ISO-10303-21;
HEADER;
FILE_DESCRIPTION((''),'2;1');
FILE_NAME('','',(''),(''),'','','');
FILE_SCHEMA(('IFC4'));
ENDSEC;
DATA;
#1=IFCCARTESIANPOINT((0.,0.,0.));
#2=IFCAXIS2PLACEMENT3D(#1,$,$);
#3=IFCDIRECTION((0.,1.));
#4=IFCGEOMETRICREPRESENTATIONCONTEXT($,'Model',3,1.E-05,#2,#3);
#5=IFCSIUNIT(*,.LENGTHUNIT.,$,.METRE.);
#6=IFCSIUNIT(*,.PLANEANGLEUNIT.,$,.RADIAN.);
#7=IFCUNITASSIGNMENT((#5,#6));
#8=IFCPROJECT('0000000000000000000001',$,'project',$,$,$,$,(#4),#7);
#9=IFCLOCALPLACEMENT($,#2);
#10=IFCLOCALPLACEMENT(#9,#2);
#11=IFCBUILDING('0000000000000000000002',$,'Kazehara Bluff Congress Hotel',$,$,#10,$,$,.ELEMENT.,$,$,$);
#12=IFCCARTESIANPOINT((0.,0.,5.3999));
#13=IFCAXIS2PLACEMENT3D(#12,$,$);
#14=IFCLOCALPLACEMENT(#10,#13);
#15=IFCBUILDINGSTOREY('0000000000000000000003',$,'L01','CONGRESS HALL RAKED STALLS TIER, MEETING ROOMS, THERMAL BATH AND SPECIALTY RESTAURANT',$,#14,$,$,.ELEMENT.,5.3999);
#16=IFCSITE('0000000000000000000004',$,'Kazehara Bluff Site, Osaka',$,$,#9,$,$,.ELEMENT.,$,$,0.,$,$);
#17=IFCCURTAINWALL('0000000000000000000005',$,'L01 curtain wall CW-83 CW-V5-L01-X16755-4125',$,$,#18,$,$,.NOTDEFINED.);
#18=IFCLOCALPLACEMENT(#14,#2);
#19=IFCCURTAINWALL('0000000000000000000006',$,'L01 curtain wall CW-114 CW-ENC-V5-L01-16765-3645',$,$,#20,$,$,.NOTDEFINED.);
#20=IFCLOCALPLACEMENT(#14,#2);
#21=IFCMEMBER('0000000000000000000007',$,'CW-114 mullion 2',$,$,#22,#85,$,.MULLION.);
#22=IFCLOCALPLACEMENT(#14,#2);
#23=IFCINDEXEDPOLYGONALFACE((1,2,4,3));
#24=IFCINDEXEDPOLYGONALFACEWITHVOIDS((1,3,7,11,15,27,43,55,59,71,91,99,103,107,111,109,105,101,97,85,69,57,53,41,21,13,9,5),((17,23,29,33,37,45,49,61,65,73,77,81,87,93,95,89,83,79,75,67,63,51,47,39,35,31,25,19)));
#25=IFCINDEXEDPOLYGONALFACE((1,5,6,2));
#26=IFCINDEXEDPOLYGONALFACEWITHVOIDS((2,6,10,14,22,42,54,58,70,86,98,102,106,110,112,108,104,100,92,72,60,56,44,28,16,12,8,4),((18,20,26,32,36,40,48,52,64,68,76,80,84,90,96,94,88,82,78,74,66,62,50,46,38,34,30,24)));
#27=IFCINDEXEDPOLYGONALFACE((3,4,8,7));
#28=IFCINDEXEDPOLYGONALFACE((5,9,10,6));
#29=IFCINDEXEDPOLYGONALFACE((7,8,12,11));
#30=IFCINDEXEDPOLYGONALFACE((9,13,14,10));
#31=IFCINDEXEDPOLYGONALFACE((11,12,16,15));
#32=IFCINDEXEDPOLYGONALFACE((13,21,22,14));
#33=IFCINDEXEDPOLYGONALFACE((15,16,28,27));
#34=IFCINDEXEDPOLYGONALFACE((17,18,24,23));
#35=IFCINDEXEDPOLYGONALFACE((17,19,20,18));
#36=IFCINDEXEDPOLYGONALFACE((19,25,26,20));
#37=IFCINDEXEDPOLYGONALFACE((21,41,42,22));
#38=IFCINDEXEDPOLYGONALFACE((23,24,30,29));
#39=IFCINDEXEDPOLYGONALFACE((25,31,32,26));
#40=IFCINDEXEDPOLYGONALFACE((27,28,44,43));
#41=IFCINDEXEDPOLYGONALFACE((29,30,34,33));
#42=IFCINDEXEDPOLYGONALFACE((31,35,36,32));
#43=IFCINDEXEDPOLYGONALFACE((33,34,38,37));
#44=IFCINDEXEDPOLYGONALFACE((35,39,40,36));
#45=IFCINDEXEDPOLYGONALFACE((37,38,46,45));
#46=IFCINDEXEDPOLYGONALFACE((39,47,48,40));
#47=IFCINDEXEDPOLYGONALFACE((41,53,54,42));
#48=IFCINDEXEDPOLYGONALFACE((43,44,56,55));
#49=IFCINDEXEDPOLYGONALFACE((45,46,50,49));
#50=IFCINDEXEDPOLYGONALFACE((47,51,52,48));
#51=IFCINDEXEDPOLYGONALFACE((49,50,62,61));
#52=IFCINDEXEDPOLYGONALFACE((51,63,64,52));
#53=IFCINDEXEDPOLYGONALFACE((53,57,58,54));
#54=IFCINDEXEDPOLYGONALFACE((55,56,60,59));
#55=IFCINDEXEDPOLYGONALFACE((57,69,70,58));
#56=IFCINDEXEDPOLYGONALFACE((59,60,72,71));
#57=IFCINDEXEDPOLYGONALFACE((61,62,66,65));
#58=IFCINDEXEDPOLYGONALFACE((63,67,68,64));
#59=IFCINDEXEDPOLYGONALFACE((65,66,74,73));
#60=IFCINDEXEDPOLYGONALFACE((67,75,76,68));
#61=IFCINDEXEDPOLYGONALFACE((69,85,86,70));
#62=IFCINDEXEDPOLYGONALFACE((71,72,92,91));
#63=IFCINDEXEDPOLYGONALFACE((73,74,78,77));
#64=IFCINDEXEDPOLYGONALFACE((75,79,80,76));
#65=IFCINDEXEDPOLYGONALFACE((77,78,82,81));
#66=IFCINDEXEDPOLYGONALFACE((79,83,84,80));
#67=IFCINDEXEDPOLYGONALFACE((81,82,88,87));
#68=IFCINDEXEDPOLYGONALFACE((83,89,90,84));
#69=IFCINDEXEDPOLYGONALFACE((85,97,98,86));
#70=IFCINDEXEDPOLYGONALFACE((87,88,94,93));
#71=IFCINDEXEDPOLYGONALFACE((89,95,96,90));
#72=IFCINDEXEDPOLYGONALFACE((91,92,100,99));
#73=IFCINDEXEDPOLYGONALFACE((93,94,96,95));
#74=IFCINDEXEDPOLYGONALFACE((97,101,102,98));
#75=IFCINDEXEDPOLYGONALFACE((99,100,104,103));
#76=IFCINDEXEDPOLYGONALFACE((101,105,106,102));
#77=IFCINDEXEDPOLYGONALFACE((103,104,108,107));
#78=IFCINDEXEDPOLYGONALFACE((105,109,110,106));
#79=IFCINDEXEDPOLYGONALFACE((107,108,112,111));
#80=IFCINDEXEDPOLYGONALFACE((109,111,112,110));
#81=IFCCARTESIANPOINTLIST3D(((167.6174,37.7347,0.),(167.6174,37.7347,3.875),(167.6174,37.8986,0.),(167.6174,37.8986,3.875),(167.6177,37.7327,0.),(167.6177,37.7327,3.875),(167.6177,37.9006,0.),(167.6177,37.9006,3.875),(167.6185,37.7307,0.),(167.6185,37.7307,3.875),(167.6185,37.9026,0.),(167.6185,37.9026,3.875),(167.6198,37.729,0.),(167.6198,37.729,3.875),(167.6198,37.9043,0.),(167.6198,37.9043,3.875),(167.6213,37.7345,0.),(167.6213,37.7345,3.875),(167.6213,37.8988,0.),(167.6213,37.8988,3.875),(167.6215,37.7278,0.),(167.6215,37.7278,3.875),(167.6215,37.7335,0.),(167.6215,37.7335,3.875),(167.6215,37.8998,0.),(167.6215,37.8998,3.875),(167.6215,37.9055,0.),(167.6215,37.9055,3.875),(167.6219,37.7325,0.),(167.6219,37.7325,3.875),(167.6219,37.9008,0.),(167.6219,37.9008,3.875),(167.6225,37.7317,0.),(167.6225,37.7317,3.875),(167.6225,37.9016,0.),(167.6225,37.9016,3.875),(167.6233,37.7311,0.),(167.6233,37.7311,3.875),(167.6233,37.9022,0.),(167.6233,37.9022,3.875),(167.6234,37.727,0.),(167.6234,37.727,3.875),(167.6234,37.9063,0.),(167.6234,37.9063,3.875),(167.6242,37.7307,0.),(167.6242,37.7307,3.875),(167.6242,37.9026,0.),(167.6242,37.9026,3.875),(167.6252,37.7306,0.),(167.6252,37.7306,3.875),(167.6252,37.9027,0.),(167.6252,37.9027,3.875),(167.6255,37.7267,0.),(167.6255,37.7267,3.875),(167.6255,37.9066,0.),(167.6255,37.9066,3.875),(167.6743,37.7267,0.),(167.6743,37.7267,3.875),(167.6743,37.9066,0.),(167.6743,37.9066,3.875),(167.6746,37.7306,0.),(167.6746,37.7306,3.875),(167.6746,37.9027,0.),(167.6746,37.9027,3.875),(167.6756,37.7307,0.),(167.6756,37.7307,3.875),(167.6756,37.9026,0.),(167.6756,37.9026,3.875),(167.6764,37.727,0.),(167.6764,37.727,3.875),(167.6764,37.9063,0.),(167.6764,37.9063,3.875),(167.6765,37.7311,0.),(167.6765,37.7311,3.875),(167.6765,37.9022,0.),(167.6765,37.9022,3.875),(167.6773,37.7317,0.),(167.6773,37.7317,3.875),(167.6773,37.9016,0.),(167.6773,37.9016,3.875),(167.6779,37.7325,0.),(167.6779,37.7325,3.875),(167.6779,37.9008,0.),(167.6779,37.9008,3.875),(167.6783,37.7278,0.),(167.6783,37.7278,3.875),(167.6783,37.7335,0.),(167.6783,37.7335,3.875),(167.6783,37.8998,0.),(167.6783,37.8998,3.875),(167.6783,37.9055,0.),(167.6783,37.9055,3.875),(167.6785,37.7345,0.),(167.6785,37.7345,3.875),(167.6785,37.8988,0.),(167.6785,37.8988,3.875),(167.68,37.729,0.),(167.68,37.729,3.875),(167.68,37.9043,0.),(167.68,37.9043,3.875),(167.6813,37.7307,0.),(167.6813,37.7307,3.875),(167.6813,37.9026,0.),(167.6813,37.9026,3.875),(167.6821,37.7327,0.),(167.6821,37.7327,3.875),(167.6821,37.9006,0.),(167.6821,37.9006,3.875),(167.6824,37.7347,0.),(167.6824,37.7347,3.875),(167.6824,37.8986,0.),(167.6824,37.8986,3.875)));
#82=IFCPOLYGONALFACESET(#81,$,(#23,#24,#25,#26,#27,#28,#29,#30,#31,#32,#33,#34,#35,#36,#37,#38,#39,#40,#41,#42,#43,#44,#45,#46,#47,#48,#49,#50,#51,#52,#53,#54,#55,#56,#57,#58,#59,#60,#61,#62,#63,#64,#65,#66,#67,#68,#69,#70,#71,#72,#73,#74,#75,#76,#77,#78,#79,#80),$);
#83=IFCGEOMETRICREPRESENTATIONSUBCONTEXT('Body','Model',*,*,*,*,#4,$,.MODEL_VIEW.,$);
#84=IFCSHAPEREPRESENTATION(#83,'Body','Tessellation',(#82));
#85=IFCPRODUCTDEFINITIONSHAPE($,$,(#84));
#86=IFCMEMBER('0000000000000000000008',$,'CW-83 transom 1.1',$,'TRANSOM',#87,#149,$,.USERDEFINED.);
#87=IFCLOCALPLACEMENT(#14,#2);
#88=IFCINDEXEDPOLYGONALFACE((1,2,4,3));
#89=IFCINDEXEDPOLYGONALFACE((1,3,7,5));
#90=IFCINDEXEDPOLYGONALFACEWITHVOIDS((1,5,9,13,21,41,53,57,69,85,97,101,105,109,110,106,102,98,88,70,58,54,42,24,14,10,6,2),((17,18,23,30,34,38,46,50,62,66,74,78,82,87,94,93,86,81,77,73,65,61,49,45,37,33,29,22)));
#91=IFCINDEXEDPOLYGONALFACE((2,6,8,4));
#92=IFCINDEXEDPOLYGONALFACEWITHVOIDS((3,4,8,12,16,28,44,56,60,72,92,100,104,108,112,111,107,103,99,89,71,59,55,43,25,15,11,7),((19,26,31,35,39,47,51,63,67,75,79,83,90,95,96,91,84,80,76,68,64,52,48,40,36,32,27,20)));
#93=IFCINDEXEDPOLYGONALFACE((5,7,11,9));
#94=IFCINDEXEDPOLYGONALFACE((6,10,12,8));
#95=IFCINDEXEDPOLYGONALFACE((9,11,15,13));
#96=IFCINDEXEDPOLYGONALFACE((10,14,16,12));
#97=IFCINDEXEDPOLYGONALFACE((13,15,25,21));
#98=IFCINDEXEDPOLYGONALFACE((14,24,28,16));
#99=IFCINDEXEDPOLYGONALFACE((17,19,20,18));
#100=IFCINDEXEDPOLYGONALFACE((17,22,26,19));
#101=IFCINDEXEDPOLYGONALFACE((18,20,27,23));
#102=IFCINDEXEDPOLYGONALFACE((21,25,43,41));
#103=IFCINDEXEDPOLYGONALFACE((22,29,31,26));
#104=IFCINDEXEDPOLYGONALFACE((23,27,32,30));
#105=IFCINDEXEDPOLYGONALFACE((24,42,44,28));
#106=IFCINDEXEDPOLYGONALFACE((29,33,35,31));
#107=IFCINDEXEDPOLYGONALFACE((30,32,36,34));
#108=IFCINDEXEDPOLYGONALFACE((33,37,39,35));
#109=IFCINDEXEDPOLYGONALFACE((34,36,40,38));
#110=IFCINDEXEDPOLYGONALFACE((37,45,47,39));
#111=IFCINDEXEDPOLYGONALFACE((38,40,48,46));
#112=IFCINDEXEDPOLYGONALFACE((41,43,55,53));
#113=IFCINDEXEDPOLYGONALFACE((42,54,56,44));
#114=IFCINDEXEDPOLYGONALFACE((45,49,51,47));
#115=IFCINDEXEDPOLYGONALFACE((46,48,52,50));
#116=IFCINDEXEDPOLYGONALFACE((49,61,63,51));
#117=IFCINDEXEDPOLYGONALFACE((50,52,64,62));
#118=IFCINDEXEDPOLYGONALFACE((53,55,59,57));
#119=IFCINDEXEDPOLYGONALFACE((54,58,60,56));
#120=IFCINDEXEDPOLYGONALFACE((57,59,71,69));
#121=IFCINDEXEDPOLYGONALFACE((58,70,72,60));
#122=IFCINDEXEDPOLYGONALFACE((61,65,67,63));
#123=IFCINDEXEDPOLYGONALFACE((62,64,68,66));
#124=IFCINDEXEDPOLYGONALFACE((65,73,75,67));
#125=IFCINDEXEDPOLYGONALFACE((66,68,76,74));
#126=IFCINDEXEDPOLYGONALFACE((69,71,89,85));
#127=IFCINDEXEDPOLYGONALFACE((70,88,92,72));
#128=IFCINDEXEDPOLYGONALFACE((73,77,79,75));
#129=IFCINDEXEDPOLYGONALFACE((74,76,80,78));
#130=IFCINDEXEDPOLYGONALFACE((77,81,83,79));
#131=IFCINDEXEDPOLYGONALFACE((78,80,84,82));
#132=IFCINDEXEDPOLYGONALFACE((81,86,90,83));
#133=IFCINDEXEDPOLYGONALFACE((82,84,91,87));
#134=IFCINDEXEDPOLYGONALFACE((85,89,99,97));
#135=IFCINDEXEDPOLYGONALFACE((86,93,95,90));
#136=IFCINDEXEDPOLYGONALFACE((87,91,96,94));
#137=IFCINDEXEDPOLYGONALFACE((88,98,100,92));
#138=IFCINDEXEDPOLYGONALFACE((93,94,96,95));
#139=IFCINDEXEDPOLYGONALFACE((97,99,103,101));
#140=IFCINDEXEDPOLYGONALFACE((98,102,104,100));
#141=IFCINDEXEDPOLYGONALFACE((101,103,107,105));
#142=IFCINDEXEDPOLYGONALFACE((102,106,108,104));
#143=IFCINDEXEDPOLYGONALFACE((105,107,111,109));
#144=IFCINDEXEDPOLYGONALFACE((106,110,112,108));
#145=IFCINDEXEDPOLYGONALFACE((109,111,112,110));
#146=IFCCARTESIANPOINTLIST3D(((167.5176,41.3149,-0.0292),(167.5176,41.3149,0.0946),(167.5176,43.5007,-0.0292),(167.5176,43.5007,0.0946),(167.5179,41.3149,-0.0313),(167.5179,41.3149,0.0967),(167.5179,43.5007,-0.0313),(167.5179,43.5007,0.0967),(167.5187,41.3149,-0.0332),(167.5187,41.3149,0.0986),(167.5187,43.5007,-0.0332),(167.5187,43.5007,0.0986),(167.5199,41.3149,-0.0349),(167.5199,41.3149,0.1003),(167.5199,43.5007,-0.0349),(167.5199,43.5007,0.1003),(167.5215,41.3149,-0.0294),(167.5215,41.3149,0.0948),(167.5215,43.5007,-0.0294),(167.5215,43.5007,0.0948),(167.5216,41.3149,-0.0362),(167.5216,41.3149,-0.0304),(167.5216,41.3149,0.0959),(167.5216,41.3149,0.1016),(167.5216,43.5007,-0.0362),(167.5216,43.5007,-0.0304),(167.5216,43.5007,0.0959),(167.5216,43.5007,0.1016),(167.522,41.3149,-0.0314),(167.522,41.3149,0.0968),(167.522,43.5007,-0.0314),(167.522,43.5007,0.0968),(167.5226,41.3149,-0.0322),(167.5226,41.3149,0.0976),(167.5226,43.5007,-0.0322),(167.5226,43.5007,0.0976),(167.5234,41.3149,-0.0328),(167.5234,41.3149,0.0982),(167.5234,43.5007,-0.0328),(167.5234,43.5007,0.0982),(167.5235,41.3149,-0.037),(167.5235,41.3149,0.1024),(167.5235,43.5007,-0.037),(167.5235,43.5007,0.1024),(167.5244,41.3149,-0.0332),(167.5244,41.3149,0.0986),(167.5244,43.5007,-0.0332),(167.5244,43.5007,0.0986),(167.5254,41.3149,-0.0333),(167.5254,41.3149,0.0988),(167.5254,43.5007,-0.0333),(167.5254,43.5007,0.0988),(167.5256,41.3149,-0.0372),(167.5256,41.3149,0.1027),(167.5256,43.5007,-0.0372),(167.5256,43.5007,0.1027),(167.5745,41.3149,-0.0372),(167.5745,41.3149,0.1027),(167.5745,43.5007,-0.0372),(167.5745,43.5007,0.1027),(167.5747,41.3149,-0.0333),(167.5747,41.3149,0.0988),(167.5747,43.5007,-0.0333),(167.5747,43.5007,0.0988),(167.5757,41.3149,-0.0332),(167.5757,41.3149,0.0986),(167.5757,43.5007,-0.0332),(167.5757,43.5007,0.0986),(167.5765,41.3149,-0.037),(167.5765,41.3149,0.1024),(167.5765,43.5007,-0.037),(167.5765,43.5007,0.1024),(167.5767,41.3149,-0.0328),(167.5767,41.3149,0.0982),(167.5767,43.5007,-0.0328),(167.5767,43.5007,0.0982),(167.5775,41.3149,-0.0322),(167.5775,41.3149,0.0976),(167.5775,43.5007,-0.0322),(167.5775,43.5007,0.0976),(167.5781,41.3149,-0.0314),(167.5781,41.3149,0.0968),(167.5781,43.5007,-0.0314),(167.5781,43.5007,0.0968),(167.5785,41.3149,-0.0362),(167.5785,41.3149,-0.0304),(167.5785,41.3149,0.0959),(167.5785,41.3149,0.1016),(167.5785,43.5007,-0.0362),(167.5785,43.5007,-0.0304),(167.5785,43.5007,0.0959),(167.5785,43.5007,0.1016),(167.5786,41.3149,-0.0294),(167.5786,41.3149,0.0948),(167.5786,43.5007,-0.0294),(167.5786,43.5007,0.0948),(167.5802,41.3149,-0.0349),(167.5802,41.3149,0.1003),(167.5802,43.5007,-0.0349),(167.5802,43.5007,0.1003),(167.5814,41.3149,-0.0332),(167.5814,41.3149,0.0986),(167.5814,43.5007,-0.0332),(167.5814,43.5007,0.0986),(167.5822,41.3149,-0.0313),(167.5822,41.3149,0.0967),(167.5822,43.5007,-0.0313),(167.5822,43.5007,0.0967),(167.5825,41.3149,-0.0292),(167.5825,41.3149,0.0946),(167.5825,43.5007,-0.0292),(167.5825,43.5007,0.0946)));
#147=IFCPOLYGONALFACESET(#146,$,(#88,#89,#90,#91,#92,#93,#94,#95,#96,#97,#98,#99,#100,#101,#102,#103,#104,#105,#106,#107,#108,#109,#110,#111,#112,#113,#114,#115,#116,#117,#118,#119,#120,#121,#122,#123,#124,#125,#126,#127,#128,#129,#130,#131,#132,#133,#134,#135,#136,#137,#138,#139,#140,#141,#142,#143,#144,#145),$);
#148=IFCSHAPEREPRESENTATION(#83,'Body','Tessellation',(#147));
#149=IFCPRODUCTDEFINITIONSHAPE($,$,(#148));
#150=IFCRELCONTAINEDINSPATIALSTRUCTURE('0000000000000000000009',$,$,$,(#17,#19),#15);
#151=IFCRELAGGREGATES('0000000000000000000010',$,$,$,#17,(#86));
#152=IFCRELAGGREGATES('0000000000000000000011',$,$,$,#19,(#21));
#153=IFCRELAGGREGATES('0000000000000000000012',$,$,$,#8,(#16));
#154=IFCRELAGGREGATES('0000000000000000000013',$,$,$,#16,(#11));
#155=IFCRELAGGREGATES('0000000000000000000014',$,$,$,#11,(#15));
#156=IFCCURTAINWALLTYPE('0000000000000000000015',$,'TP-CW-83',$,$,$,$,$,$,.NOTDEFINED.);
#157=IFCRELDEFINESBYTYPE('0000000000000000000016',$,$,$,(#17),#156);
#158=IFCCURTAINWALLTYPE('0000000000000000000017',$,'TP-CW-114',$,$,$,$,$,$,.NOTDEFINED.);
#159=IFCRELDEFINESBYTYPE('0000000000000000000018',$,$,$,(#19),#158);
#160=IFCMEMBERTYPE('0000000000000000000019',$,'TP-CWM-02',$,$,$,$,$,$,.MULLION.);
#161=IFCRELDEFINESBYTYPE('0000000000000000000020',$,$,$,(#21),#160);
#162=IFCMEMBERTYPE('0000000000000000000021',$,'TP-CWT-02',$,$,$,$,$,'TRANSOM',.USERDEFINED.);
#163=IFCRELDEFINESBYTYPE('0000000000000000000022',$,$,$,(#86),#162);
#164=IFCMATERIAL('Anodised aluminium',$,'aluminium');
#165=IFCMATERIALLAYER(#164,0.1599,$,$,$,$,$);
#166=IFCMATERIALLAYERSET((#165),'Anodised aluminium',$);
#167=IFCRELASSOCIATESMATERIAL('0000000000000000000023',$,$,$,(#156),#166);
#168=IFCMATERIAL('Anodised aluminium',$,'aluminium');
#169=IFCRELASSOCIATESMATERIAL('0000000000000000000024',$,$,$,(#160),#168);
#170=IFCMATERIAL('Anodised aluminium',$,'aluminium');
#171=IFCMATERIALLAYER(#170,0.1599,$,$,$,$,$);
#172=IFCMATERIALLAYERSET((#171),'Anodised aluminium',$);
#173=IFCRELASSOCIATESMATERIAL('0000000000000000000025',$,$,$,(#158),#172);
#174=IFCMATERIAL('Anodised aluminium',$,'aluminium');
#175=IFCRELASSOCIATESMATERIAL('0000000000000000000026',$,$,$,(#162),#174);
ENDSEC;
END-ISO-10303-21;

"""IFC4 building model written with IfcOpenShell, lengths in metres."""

from ifc_helpers import new_model, si_unit, direction, frame, origin, origin_2d, place, context, subcontext, project, spatial, hollow_rectangle, extrude, material, layer, layer_set, material_profile, profile_set, type_object, element, aggregate, save


model = new_model("IFC4")

# Units and contexts
model_context = context("Model", 3, precision=1e-05, world=origin(), true_north=direction((0.0, 1.0)))
body_context = subcontext(model_context, "Body", "Model", "MODEL_VIEW")
ifc_project = project(units=[si_unit("LENGTHUNIT", "METRE"), si_unit("PLANEANGLEUNIT", "RADIAN")], contexts=[model_context])

# Site, building, storey
site_placement = place(None, origin())
site = spatial("IfcSite", under=ifc_project, at=site_placement, Name="Kazehara Bluff Site, Osaka", CompositionType="ELEMENT", RefElevation=0.0)
building_placement = place(site_placement, origin())
building = spatial("IfcBuilding", under=site, at=building_placement, Name="Kazehara Bluff Congress Hotel", CompositionType="ELEMENT")
storey_placement = place(building_placement, frame((0.0, 0.0, 5.3999)))
storey = spatial("IfcBuildingStorey", under=building, at=storey_placement, Name="L01", Description="CONGRESS HALL RAKED STALLS TIER, MEETING ROOMS, THERMAL BATH AND SPECIALTY RESTAURANT", CompositionType="ELEMENT", Elevation=5.3999)

# Curtain walls, member
ifc_material_1 = material(Name="Anodised aluminium", Category="aluminium")
ifc_layer_1 = layer(ifc_material_1, 0.1599)
ifc_layer_set_1 = layer_set([ifc_layer_1], Name="Anodised aluminium")
curtain_wall_type_1 = type_object("IfcCurtainWallType", Name="TP-CW-83", PredefinedType="NOTDEFINED", material=ifc_layer_set_1)
curtain_wall_1_placement = place(storey_placement, origin())
curtain_wall_1 = element("IfcCurtainWall", 1, at=curtain_wall_1_placement, inside=storey, type_object=curtain_wall_type_1, Name="L01 curtain wall CW-83 CW-V5-L01-X16755-4125", PredefinedType="NOTDEFINED")
ifc_material_2 = material(Name="Anodised aluminium", Category="aluminium")
ifc_material_profile_1 = material_profile(ifc_material_2, hollow_rectangle(XDim=0.0649, YDim=0.1799, WallThickness=0.0039, InnerFilletRadius=0.0039, OuterFilletRadius=0.0081, at=origin_2d()))
ifc_profile_set_1 = profile_set([ifc_material_profile_1], Name="Anodised aluminium")
member_type_1 = type_object("IfcMemberType", Name="TP-CWM-02", PredefinedType="MULLION", material=ifc_profile_set_1)
ifc_material_3 = material(Name="Anodised aluminium", Category="aluminium")
ifc_layer_2 = layer(ifc_material_3, 0.1599)
ifc_layer_set_2 = layer_set([ifc_layer_2], Name="Anodised aluminium")
curtain_wall_type_2 = type_object("IfcCurtainWallType", Name="TP-CW-114", PredefinedType="NOTDEFINED", material=ifc_layer_set_2)
curtain_wall_2_placement = place(storey_placement, origin())
curtain_wall_2 = element("IfcCurtainWall", 2, at=curtain_wall_2_placement, inside=storey, type_object=curtain_wall_type_2, Name="L01 curtain wall CW-114 CW-ENC-V5-L01-16765-3645", PredefinedType="NOTDEFINED")
member_1_placement = place(storey_placement, frame((167.6499, 37.8167, 0.0), z_axis=(0.0, 0.0, 1.0), x_axis=(1.0, 0.0, 0.0)))
member_1 = element("IfcMember", 3, at=member_1_placement, type_object=member_type_1, Name="CW-114 mullion 2", PredefinedType="MULLION", context=body_context, shape_type="SweptSolid", body=[
    extrude(hollow_rectangle(XDim=0.0649, YDim=0.1799, WallThickness=0.0039, InnerFilletRadius=0.0039, OuterFilletRadius=0.0081, at=origin_2d()), origin(), (0.0, 0.0, 1.0), 3.875),
])

# Member
ifc_material_4 = material(Name="Anodised aluminium", Category="aluminium")
ifc_material_profile_2 = material_profile(ifc_material_4, hollow_rectangle(XDim=0.0649, YDim=0.1399, WallThickness=0.0039, InnerFilletRadius=0.0039, OuterFilletRadius=0.0081, at=origin_2d()))
ifc_profile_set_2 = profile_set([ifc_material_profile_2], Name="Anodised aluminium")
member_type_2 = type_object("IfcMemberType", Name="TP-CWT-02", ElementType="TRANSOM", PredefinedType="USERDEFINED", material=ifc_profile_set_2)
member_2_placement = place(storey_placement, frame((167.55, 41.3149, 0.0327), z_axis=(0.0, 1.0, 0.0), x_axis=(-1.0, 0.0, 0.0)))
member_2 = element("IfcMember", 4, at=member_2_placement, type_object=member_type_2, Name="CW-83 transom 1.1", ObjectType="TRANSOM", PredefinedType="USERDEFINED", context=body_context, shape_type="SweptSolid", body=[
    extrude(hollow_rectangle(XDim=0.0649, YDim=0.1399, WallThickness=0.0039, InnerFilletRadius=0.0039, OuterFilletRadius=0.0081, at=origin_2d()), origin(), (0.0, 0.0, 1.0), 2.1858),
])

aggregate(curtain_wall_1, [member_2])
aggregate(curtain_wall_2, [member_1])

save(model, "model.ifc")
